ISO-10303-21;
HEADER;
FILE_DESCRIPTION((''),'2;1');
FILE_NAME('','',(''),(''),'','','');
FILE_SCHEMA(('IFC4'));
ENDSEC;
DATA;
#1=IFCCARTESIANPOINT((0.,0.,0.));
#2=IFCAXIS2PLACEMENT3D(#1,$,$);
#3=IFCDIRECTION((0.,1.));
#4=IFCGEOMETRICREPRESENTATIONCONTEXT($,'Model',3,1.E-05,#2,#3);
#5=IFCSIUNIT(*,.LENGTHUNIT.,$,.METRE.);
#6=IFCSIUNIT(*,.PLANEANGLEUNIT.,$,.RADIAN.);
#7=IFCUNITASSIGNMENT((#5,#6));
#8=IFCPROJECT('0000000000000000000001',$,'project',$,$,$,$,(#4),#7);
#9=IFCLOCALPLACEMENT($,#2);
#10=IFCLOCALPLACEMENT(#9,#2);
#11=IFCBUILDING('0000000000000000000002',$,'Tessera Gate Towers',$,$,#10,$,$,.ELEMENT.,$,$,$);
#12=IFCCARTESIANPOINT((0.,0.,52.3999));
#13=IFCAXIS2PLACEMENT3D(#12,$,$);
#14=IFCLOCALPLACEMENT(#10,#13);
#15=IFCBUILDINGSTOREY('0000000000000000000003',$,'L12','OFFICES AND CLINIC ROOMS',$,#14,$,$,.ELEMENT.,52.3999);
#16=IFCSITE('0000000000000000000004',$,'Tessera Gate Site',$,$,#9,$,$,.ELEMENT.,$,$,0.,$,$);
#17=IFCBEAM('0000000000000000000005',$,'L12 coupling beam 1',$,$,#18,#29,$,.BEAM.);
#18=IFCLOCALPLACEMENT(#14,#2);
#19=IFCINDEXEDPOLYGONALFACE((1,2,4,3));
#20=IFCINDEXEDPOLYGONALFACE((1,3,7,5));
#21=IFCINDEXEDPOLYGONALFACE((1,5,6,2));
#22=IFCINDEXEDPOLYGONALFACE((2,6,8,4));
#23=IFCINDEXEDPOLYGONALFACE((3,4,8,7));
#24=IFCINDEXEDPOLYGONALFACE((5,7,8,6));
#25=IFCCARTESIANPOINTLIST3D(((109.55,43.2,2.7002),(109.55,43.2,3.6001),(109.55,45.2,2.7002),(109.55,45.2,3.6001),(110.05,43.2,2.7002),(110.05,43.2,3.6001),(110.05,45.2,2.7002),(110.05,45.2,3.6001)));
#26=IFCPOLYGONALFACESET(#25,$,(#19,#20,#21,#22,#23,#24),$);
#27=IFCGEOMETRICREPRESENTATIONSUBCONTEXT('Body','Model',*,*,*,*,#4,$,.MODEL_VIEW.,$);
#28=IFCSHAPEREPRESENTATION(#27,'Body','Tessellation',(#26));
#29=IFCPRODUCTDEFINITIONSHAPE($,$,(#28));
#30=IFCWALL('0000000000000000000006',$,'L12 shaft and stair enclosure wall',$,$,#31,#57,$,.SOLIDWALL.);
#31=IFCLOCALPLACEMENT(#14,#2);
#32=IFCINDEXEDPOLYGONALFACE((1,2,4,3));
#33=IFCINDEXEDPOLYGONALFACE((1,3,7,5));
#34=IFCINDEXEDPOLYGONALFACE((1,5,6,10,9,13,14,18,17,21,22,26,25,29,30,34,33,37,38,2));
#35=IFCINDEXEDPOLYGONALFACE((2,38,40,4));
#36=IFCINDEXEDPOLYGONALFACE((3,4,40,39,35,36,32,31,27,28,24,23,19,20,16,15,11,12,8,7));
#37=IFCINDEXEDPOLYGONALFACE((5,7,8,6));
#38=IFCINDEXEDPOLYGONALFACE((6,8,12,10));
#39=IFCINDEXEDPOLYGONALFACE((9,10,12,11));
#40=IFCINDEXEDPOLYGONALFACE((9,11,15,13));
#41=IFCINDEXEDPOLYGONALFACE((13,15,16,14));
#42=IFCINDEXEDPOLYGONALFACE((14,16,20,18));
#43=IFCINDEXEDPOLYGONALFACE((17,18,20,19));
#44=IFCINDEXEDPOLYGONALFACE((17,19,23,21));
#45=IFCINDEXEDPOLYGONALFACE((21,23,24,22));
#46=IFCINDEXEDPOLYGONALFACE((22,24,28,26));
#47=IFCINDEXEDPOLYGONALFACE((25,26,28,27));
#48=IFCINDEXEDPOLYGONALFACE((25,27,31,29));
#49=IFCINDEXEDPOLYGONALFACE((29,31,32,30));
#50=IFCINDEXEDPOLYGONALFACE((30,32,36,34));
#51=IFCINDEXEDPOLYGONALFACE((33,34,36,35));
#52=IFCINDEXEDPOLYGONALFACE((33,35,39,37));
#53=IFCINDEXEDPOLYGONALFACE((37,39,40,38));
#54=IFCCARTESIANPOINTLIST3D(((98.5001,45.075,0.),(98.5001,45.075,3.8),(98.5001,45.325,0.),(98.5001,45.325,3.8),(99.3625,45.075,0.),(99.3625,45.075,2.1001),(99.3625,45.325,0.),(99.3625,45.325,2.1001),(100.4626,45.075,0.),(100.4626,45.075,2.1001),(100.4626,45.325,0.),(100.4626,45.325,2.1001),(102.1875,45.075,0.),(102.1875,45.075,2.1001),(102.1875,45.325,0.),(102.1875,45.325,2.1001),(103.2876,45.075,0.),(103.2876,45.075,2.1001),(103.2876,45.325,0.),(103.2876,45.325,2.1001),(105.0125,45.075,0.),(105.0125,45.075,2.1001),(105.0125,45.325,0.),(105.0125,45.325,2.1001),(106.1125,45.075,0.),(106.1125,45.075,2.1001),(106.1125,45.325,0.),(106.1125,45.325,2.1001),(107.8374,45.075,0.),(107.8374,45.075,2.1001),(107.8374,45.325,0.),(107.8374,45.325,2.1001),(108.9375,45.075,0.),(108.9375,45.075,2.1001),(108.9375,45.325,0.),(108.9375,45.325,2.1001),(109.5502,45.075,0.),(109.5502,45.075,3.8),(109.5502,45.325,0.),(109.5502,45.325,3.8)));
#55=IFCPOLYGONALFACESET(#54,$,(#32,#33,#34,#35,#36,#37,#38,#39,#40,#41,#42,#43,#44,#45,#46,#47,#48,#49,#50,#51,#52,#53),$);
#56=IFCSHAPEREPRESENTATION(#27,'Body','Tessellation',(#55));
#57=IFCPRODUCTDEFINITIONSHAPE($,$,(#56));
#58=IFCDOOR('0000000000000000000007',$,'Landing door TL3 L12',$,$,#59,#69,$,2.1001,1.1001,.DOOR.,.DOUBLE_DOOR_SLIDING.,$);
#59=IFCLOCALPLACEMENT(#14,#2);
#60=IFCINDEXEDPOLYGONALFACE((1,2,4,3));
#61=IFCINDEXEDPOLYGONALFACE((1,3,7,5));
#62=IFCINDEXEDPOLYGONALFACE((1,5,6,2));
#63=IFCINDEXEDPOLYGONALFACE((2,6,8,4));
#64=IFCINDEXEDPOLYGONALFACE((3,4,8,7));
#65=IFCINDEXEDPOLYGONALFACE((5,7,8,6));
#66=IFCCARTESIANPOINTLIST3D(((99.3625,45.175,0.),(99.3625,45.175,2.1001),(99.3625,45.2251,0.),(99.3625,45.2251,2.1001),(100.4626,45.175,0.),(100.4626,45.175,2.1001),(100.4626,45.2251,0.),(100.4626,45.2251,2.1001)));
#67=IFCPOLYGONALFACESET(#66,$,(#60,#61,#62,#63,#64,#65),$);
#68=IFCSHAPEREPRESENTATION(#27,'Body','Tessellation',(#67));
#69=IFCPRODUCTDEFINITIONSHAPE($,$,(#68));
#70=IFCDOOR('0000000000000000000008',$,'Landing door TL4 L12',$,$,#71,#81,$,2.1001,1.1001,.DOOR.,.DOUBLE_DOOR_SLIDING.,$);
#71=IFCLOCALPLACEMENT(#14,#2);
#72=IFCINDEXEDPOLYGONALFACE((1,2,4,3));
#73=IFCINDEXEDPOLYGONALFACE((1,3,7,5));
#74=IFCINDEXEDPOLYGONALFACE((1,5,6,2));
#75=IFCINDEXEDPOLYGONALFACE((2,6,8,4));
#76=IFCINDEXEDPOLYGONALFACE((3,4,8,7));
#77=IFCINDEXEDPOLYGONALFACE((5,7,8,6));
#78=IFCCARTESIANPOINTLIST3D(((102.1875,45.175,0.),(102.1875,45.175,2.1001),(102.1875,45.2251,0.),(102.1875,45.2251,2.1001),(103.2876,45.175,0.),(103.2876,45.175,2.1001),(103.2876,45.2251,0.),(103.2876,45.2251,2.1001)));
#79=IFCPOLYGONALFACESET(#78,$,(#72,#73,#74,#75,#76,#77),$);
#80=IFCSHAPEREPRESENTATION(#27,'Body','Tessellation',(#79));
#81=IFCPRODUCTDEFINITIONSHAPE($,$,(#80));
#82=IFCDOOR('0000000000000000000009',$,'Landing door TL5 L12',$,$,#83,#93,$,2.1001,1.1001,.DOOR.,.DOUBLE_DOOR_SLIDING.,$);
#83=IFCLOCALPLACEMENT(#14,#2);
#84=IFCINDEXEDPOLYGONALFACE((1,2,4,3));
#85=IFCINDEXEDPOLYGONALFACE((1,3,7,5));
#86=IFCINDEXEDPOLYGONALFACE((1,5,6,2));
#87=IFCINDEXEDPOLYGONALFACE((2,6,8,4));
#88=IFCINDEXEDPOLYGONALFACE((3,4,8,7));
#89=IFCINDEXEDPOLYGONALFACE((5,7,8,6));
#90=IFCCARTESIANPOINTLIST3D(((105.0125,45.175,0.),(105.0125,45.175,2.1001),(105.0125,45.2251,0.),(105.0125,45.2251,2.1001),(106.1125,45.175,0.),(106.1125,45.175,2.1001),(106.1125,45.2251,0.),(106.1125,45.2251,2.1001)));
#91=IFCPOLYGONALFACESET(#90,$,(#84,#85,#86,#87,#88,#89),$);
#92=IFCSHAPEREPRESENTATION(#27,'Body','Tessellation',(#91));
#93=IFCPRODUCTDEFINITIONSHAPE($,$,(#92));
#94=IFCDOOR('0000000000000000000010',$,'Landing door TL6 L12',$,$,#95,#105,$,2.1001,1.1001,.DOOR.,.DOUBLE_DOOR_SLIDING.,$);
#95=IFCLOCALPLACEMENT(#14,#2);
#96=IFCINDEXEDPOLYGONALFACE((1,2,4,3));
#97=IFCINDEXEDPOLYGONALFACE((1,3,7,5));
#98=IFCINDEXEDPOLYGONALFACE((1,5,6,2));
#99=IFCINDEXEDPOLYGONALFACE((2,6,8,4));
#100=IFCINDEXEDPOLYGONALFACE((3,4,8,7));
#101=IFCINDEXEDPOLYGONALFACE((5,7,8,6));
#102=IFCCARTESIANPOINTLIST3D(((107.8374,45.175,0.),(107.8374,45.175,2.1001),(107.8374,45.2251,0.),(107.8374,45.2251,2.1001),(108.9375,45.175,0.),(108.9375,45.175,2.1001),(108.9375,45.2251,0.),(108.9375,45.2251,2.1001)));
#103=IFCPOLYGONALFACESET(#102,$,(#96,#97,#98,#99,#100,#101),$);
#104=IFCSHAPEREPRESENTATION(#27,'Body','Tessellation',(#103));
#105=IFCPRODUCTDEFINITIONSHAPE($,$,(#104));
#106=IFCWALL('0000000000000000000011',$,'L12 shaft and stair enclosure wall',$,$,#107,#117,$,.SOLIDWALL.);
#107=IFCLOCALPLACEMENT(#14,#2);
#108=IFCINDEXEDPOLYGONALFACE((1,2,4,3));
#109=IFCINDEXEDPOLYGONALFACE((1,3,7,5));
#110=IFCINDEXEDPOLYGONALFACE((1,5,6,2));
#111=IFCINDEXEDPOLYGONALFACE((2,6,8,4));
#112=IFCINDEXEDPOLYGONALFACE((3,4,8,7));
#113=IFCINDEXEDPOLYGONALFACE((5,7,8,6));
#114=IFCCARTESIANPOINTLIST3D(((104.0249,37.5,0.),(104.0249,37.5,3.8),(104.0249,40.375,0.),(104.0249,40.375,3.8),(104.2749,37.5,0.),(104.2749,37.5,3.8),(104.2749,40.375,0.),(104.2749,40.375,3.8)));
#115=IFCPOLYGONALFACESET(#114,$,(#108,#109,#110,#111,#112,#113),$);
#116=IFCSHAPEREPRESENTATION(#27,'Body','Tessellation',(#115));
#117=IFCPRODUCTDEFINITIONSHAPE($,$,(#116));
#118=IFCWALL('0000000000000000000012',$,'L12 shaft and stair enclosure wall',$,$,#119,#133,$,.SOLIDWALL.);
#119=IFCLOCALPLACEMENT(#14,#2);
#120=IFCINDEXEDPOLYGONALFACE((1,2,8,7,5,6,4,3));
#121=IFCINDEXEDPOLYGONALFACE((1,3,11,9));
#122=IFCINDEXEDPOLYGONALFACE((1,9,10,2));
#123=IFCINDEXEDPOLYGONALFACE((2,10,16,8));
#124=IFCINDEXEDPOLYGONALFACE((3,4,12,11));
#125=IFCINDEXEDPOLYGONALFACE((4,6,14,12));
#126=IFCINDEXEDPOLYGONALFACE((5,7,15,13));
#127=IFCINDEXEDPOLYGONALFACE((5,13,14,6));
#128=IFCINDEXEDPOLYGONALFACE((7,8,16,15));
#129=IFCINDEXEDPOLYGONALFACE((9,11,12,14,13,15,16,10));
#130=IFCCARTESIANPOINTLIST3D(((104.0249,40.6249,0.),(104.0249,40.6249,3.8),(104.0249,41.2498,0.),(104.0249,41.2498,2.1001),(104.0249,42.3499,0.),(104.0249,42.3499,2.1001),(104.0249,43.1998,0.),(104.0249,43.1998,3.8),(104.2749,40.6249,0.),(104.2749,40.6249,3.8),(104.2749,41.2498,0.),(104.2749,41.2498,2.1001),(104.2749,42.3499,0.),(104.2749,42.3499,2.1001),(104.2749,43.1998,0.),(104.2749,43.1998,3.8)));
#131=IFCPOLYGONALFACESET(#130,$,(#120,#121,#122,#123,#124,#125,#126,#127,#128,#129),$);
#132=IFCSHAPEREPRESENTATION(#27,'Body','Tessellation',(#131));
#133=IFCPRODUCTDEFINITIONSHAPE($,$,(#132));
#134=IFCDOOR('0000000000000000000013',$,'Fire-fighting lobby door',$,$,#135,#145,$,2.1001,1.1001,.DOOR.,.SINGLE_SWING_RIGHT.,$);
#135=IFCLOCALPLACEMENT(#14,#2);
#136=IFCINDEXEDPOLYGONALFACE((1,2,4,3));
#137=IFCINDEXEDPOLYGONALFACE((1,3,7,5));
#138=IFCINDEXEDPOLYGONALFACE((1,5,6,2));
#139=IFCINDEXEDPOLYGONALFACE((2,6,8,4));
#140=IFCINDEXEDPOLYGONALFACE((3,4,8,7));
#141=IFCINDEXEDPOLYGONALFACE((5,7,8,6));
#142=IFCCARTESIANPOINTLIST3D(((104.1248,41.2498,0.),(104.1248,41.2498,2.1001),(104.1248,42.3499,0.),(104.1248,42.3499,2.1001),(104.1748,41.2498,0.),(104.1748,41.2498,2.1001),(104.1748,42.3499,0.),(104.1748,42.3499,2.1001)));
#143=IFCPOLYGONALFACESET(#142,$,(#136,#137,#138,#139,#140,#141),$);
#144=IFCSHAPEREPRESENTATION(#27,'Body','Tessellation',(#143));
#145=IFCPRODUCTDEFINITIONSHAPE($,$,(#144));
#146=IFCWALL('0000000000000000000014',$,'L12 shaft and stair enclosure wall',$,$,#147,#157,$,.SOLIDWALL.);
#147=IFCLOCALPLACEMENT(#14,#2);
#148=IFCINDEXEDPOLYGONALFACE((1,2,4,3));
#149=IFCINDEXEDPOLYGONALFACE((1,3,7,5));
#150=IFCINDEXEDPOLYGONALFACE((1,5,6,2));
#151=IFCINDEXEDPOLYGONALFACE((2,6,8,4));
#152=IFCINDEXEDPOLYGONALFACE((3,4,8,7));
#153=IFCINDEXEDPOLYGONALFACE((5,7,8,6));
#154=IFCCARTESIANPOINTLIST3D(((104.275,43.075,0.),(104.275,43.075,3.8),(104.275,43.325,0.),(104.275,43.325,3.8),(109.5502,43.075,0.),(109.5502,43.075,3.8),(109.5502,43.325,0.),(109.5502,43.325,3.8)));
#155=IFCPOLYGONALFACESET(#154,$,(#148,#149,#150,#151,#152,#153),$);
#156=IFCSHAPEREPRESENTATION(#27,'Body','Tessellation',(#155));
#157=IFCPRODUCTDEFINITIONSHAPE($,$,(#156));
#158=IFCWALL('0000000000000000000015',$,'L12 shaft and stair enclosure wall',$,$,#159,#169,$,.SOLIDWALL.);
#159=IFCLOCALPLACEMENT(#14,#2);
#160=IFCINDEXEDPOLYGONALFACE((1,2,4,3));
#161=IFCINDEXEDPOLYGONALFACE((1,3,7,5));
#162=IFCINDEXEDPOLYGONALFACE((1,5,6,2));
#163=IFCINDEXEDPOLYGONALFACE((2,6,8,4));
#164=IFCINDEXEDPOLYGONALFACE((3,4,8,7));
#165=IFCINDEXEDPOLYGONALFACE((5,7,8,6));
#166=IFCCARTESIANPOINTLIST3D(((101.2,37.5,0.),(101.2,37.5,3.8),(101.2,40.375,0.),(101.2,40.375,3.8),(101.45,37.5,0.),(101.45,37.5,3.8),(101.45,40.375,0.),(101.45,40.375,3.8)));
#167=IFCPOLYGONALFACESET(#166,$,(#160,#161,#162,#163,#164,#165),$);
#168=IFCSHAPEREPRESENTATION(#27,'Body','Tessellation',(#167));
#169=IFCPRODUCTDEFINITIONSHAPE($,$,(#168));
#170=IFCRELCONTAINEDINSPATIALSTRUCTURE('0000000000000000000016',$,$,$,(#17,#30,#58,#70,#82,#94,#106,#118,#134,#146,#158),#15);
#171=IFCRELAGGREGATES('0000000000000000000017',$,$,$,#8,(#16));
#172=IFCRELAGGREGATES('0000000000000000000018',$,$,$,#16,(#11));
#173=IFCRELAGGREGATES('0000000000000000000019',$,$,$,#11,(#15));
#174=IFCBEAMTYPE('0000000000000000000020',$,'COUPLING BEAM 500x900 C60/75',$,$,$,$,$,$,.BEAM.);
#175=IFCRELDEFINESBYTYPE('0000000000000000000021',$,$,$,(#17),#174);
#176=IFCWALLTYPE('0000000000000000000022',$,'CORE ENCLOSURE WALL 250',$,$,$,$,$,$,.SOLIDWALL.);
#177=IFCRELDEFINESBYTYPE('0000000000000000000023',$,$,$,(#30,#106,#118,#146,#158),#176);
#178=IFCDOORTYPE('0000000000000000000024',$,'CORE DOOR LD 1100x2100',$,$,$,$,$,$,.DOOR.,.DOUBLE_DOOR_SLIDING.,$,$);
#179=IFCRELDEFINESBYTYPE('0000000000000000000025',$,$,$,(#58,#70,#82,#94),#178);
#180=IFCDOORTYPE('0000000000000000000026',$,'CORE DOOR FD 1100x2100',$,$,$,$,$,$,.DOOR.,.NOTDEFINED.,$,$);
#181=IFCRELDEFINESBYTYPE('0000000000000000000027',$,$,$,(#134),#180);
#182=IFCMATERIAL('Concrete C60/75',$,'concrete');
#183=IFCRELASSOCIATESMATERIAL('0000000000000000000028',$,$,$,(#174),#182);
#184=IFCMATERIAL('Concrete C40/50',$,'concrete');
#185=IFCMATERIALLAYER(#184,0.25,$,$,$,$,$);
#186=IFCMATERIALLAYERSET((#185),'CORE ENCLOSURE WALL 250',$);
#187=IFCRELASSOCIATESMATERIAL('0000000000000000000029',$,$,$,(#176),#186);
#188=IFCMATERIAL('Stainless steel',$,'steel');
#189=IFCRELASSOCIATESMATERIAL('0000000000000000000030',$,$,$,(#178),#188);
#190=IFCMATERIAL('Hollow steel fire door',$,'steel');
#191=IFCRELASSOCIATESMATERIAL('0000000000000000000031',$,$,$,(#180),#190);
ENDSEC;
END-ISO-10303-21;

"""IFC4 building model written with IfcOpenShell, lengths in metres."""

from ifc_helpers import new_model, si_unit, direction, frame, frame_2d, origin, origin_2d, place, context, subcontext, project, spatial, rectangle, extrude, source, transform, mapped, material, layer, layer_set, material_profile, profile_set, type_object, element, fill, save


model = new_model("IFC4")

# Units and contexts
model_context = context("Model", 3, precision=1e-05, world=origin(), true_north=direction((0.0, 1.0)))
body_context = subcontext(model_context, "Body", "Model", "MODEL_VIEW")
ifc_project = project(units=[si_unit("LENGTHUNIT", "METRE"), si_unit("PLANEANGLEUNIT", "RADIAN")], contexts=[model_context])

# Site, building, storey
site_placement = place(None, origin())
site = spatial("IfcSite", under=ifc_project, at=site_placement, Name="Tessera Gate Site", CompositionType="ELEMENT", RefElevation=0.0)
building_placement = place(site_placement, origin())
building = spatial("IfcBuilding", under=site, at=building_placement, Name="Tessera Gate Towers", CompositionType="ELEMENT")
storey_placement = place(building_placement, frame((0.0, 0.0, 52.3999)))
storey = spatial("IfcBuildingStorey", under=building, at=storey_placement, Name="L12", Description="OFFICES AND CLINIC ROOMS", CompositionType="ELEMENT", Elevation=52.3999)

# Beam
ifc_material_1 = material(Name="Concrete C60/75", Category="concrete")
ifc_material_profile = material_profile(ifc_material_1, rectangle(XDim=0.5, YDim=0.8999, at=origin_2d()), Name="RC 500x900")
ifc_profile_set = profile_set([ifc_material_profile], Name="Concrete C60/75")
beam_type = type_object("IfcBeamType", Name="COUPLING BEAM 500x900 C60/75", PredefinedType="BEAM", material=ifc_profile_set)
beam_placement = place(storey_placement, frame((109.8, 43.2, 3.1501), z_axis=(0.0, 1.0, 0.0), x_axis=(-1.0, 0.0, 0.0)))
element("IfcBeam", 1, at=beam_placement, inside=storey, type_object=beam_type, Name="L12 coupling beam 1", PredefinedType="BEAM", context=body_context, shape_type="SweptSolid", body=[
    extrude(rectangle(XDim=0.5, YDim=0.8999, at=origin_2d()), origin(), (0.0, 0.0, 1.0), 2.0),
])

# Wall, openings, doors
ifc_material_2 = material(Name="Concrete C40/50", Category="concrete")
ifc_layer_1 = layer(ifc_material_2, 0.25)
ifc_layer_set_1 = layer_set([ifc_layer_1], Name="CORE ENCLOSURE WALL 250")
wall_type_1 = type_object("IfcWallType", Name="CORE ENCLOSURE WALL 250", PredefinedType="SOLIDWALL", material=ifc_layer_set_1)
wall_1_placement = place(storey_placement, frame((109.55, 45.2, 0.0), z_axis=(0.0, 0.0, 1.0), x_axis=(-1.0, 0.0, 0.0)))
wall_1 = element("IfcWall", 2, at=wall_1_placement, inside=storey, type_object=wall_type_1, Name="L12 shaft and stair enclosure wall", PredefinedType="SOLIDWALL", context=body_context, shape_type="SweptSolid", body=[
    extrude(rectangle(XDim=11.05, YDim=0.25, at=frame_2d((5.5249, 0.0))), origin(), (0.0, 0.0, 1.0), 3.8),
])
shared_shape_1 = source(origin(), body_context, "Body", "SweptSolid", [
    extrude(rectangle(XDim=1.1001, YDim=2.1001, at=frame_2d((0.55, 1.05))), frame((0.0, 0.135, 0.0), z_axis=(0.0, -1.0, 0.0), x_axis=(1.0, 0.0, 0.0)), (0.0, 0.0, 1.0), 0.27),
])
opening_1_placement = place(wall_1_placement, frame((9.0874, 0.0, 0.0)))
opening_1 = element("IfcOpeningElement", 3, at=opening_1_placement, cuts=wall_1, PredefinedType="OPENING", context=body_context, shape_type="MappedRepresentation", body=[
    mapped(shared_shape_1, transform((0.0, 0.0, 0.0), scale=1.0)),
])
opening_2_placement = place(wall_1_placement, frame((6.2625, 0.0, 0.0)))
opening_2 = element("IfcOpeningElement", 4, at=opening_2_placement, cuts=wall_1, PredefinedType="OPENING", context=body_context, shape_type="MappedRepresentation", body=[
    mapped(shared_shape_1, transform((0.0, 0.0, 0.0), scale=1.0)),
])
opening_3_placement = place(wall_1_placement, frame((3.4375, 0.0, 0.0)))
opening_3 = element("IfcOpeningElement", 5, at=opening_3_placement, cuts=wall_1, PredefinedType="OPENING", context=body_context, shape_type="MappedRepresentation", body=[
    mapped(shared_shape_1, transform((0.0, 0.0, 0.0), scale=1.0)),
])
opening_4_placement = place(wall_1_placement, frame((0.6125, 0.0, 0.0)))
opening_4 = element("IfcOpeningElement", 6, at=opening_4_placement, cuts=wall_1, PredefinedType="OPENING", context=body_context, shape_type="MappedRepresentation", body=[
    mapped(shared_shape_1, transform((0.0, 0.0, 0.0), scale=1.0)),
])
ifc_material_3 = material(Name="Stainless steel", Category="steel")
door_type_1 = type_object("IfcDoorType", Name="CORE DOOR LD 1100x2100", OperationType="DOUBLE_DOOR_SLIDING", PredefinedType="DOOR", material=ifc_material_3)
shared_shape_2 = source(origin(), body_context, "Body", "SweptSolid", [
    extrude(rectangle(XDim=1.1001, YDim=2.1001, at=frame_2d((0.55, 1.05))), frame((0.0, 0.0249, 0.0), z_axis=(0.0, -1.0, 0.0), x_axis=(1.0, 0.0, 0.0)), (0.0, 0.0, 1.0), 0.05),
])
door_1_placement = place(opening_1_placement, origin())
door_1 = element("IfcDoor", 7, at=door_1_placement, inside=storey, type_object=door_type_1, Name="Landing door TL3 L12", OperationType="DOUBLE_DOOR_SLIDING", OverallHeight=2.1001, OverallWidth=1.1001, PredefinedType="DOOR", context=body_context, shape_type="MappedRepresentation", body=[
    mapped(shared_shape_2, transform((0.0, 0.0, 0.0), scale=1.0)),
])
fill(opening_1, door_1)
door_2_placement = place(opening_2_placement, origin())
door_2 = element("IfcDoor", 8, at=door_2_placement, inside=storey, type_object=door_type_1, Name="Landing door TL4 L12", OperationType="DOUBLE_DOOR_SLIDING", OverallHeight=2.1001, OverallWidth=1.1001, PredefinedType="DOOR", context=body_context, shape_type="MappedRepresentation", body=[
    mapped(shared_shape_2, transform((0.0, 0.0, 0.0), scale=1.0)),
])
fill(opening_2, door_2)
door_3_placement = place(opening_3_placement, origin())
door_3 = element("IfcDoor", 9, at=door_3_placement, inside=storey, type_object=door_type_1, Name="Landing door TL5 L12", OperationType="DOUBLE_DOOR_SLIDING", OverallHeight=2.1001, OverallWidth=1.1001, PredefinedType="DOOR", context=body_context, shape_type="MappedRepresentation", body=[
    mapped(shared_shape_2, transform((0.0, 0.0, 0.0), scale=1.0)),
])
fill(opening_3, door_3)
door_4_placement = place(opening_4_placement, origin())
door_4 = element("IfcDoor", 10, at=door_4_placement, inside=storey, type_object=door_type_1, Name="Landing door TL6 L12", OperationType="DOUBLE_DOOR_SLIDING", OverallHeight=2.1001, OverallWidth=1.1001, PredefinedType="DOOR", context=body_context, shape_type="MappedRepresentation", body=[
    mapped(shared_shape_2, transform((0.0, 0.0, 0.0), scale=1.0)),
])
fill(opening_4, door_4)

# Wall
wall_2_placement = place(storey_placement, frame((104.1499, 37.5, 0.0), z_axis=(0.0, 0.0, 1.0), x_axis=(0.0, 1.0, 0.0)))
element("IfcWall", 11, at=wall_2_placement, inside=storey, type_object=wall_type_1, Name="L12 shaft and stair enclosure wall", PredefinedType="SOLIDWALL", context=body_context, shape_type="SweptSolid", body=[
    extrude(rectangle(XDim=2.875, YDim=0.25, at=frame_2d((1.4375, 0.0))), origin(), (0.0, 0.0, 1.0), 3.8),
])

# Wall, opening, door
wall_3_placement = place(storey_placement, frame((104.1499, 43.2, 0.0), z_axis=(0.0, 0.0, 1.0), x_axis=(0.0, -1.0, 0.0)))
wall_3 = element("IfcWall", 12, at=wall_3_placement, inside=storey, type_object=wall_type_1, Name="L12 shaft and stair enclosure wall", PredefinedType="SOLIDWALL", context=body_context, shape_type="SweptSolid", body=[
    extrude(rectangle(XDim=2.575, YDim=0.25, at=frame_2d((1.2876, 0.0))), origin(), (0.0, 0.0, 1.0), 3.8),
])
opening_5_placement = place(wall_3_placement, frame((0.8501, 0.0, 0.0)))
opening_5 = element("IfcOpeningElement", 13, at=opening_5_placement, cuts=wall_3, PredefinedType="OPENING", context=body_context, shape_type="MappedRepresentation", body=[
    mapped(shared_shape_1, transform((0.0, 0.0, 0.0), scale=1.0)),
])
ifc_material_4 = material(Name="Hollow steel fire door", Category="steel")
door_type_2 = type_object("IfcDoorType", Name="CORE DOOR FD 1100x2100", OperationType="NOTDEFINED", PredefinedType="DOOR", material=ifc_material_4)
door_5_placement = place(opening_5_placement, origin())
door_5 = element("IfcDoor", 14, at=door_5_placement, inside=storey, type_object=door_type_2, Name="Fire-fighting lobby door", OperationType="SINGLE_SWING_RIGHT", OverallHeight=2.1001, OverallWidth=1.1001, PredefinedType="DOOR", context=body_context, shape_type="MappedRepresentation", body=[
    mapped(shared_shape_2, transform((0.0, 0.0, 0.0), scale=1.0)),
])
fill(opening_5, door_5)

# Walls
wall_4_placement = place(storey_placement, frame((104.2749, 43.2, 0.0), z_axis=(0.0, 0.0, 1.0), x_axis=(1.0, 0.0, 0.0)))
element("IfcWall", 15, at=wall_4_placement, inside=storey, type_object=wall_type_1, Name="L12 shaft and stair enclosure wall", PredefinedType="SOLIDWALL", context=body_context, shape_type="SweptSolid", body=[
    extrude(rectangle(XDim=5.2751, YDim=0.25, at=frame_2d((2.6377, 0.0))), origin(), (0.0, 0.0, 1.0), 3.8),
])
for number, where, z_axis, x_axis, name in (
    (16, (101.325, 37.5, 0.0), (0.0, 0.0, 1.0), (0.0, 1.0, 0.0), "L12 shaft and stair enclosure wall"),
):
    element("IfcWall", number, at=place(storey_placement, frame(where, z_axis=z_axis, x_axis=x_axis)), inside=storey, type_object=wall_type_1, Name=name, PredefinedType="SOLIDWALL", context=body_context, shape_type="SweptSolid", body=[
        extrude(rectangle(XDim=2.875, YDim=0.25, at=frame_2d((1.4375, 0.0))), origin(), (0.0, 0.0, 1.0), 3.8),
    ])

save(model, "model.ifc")
